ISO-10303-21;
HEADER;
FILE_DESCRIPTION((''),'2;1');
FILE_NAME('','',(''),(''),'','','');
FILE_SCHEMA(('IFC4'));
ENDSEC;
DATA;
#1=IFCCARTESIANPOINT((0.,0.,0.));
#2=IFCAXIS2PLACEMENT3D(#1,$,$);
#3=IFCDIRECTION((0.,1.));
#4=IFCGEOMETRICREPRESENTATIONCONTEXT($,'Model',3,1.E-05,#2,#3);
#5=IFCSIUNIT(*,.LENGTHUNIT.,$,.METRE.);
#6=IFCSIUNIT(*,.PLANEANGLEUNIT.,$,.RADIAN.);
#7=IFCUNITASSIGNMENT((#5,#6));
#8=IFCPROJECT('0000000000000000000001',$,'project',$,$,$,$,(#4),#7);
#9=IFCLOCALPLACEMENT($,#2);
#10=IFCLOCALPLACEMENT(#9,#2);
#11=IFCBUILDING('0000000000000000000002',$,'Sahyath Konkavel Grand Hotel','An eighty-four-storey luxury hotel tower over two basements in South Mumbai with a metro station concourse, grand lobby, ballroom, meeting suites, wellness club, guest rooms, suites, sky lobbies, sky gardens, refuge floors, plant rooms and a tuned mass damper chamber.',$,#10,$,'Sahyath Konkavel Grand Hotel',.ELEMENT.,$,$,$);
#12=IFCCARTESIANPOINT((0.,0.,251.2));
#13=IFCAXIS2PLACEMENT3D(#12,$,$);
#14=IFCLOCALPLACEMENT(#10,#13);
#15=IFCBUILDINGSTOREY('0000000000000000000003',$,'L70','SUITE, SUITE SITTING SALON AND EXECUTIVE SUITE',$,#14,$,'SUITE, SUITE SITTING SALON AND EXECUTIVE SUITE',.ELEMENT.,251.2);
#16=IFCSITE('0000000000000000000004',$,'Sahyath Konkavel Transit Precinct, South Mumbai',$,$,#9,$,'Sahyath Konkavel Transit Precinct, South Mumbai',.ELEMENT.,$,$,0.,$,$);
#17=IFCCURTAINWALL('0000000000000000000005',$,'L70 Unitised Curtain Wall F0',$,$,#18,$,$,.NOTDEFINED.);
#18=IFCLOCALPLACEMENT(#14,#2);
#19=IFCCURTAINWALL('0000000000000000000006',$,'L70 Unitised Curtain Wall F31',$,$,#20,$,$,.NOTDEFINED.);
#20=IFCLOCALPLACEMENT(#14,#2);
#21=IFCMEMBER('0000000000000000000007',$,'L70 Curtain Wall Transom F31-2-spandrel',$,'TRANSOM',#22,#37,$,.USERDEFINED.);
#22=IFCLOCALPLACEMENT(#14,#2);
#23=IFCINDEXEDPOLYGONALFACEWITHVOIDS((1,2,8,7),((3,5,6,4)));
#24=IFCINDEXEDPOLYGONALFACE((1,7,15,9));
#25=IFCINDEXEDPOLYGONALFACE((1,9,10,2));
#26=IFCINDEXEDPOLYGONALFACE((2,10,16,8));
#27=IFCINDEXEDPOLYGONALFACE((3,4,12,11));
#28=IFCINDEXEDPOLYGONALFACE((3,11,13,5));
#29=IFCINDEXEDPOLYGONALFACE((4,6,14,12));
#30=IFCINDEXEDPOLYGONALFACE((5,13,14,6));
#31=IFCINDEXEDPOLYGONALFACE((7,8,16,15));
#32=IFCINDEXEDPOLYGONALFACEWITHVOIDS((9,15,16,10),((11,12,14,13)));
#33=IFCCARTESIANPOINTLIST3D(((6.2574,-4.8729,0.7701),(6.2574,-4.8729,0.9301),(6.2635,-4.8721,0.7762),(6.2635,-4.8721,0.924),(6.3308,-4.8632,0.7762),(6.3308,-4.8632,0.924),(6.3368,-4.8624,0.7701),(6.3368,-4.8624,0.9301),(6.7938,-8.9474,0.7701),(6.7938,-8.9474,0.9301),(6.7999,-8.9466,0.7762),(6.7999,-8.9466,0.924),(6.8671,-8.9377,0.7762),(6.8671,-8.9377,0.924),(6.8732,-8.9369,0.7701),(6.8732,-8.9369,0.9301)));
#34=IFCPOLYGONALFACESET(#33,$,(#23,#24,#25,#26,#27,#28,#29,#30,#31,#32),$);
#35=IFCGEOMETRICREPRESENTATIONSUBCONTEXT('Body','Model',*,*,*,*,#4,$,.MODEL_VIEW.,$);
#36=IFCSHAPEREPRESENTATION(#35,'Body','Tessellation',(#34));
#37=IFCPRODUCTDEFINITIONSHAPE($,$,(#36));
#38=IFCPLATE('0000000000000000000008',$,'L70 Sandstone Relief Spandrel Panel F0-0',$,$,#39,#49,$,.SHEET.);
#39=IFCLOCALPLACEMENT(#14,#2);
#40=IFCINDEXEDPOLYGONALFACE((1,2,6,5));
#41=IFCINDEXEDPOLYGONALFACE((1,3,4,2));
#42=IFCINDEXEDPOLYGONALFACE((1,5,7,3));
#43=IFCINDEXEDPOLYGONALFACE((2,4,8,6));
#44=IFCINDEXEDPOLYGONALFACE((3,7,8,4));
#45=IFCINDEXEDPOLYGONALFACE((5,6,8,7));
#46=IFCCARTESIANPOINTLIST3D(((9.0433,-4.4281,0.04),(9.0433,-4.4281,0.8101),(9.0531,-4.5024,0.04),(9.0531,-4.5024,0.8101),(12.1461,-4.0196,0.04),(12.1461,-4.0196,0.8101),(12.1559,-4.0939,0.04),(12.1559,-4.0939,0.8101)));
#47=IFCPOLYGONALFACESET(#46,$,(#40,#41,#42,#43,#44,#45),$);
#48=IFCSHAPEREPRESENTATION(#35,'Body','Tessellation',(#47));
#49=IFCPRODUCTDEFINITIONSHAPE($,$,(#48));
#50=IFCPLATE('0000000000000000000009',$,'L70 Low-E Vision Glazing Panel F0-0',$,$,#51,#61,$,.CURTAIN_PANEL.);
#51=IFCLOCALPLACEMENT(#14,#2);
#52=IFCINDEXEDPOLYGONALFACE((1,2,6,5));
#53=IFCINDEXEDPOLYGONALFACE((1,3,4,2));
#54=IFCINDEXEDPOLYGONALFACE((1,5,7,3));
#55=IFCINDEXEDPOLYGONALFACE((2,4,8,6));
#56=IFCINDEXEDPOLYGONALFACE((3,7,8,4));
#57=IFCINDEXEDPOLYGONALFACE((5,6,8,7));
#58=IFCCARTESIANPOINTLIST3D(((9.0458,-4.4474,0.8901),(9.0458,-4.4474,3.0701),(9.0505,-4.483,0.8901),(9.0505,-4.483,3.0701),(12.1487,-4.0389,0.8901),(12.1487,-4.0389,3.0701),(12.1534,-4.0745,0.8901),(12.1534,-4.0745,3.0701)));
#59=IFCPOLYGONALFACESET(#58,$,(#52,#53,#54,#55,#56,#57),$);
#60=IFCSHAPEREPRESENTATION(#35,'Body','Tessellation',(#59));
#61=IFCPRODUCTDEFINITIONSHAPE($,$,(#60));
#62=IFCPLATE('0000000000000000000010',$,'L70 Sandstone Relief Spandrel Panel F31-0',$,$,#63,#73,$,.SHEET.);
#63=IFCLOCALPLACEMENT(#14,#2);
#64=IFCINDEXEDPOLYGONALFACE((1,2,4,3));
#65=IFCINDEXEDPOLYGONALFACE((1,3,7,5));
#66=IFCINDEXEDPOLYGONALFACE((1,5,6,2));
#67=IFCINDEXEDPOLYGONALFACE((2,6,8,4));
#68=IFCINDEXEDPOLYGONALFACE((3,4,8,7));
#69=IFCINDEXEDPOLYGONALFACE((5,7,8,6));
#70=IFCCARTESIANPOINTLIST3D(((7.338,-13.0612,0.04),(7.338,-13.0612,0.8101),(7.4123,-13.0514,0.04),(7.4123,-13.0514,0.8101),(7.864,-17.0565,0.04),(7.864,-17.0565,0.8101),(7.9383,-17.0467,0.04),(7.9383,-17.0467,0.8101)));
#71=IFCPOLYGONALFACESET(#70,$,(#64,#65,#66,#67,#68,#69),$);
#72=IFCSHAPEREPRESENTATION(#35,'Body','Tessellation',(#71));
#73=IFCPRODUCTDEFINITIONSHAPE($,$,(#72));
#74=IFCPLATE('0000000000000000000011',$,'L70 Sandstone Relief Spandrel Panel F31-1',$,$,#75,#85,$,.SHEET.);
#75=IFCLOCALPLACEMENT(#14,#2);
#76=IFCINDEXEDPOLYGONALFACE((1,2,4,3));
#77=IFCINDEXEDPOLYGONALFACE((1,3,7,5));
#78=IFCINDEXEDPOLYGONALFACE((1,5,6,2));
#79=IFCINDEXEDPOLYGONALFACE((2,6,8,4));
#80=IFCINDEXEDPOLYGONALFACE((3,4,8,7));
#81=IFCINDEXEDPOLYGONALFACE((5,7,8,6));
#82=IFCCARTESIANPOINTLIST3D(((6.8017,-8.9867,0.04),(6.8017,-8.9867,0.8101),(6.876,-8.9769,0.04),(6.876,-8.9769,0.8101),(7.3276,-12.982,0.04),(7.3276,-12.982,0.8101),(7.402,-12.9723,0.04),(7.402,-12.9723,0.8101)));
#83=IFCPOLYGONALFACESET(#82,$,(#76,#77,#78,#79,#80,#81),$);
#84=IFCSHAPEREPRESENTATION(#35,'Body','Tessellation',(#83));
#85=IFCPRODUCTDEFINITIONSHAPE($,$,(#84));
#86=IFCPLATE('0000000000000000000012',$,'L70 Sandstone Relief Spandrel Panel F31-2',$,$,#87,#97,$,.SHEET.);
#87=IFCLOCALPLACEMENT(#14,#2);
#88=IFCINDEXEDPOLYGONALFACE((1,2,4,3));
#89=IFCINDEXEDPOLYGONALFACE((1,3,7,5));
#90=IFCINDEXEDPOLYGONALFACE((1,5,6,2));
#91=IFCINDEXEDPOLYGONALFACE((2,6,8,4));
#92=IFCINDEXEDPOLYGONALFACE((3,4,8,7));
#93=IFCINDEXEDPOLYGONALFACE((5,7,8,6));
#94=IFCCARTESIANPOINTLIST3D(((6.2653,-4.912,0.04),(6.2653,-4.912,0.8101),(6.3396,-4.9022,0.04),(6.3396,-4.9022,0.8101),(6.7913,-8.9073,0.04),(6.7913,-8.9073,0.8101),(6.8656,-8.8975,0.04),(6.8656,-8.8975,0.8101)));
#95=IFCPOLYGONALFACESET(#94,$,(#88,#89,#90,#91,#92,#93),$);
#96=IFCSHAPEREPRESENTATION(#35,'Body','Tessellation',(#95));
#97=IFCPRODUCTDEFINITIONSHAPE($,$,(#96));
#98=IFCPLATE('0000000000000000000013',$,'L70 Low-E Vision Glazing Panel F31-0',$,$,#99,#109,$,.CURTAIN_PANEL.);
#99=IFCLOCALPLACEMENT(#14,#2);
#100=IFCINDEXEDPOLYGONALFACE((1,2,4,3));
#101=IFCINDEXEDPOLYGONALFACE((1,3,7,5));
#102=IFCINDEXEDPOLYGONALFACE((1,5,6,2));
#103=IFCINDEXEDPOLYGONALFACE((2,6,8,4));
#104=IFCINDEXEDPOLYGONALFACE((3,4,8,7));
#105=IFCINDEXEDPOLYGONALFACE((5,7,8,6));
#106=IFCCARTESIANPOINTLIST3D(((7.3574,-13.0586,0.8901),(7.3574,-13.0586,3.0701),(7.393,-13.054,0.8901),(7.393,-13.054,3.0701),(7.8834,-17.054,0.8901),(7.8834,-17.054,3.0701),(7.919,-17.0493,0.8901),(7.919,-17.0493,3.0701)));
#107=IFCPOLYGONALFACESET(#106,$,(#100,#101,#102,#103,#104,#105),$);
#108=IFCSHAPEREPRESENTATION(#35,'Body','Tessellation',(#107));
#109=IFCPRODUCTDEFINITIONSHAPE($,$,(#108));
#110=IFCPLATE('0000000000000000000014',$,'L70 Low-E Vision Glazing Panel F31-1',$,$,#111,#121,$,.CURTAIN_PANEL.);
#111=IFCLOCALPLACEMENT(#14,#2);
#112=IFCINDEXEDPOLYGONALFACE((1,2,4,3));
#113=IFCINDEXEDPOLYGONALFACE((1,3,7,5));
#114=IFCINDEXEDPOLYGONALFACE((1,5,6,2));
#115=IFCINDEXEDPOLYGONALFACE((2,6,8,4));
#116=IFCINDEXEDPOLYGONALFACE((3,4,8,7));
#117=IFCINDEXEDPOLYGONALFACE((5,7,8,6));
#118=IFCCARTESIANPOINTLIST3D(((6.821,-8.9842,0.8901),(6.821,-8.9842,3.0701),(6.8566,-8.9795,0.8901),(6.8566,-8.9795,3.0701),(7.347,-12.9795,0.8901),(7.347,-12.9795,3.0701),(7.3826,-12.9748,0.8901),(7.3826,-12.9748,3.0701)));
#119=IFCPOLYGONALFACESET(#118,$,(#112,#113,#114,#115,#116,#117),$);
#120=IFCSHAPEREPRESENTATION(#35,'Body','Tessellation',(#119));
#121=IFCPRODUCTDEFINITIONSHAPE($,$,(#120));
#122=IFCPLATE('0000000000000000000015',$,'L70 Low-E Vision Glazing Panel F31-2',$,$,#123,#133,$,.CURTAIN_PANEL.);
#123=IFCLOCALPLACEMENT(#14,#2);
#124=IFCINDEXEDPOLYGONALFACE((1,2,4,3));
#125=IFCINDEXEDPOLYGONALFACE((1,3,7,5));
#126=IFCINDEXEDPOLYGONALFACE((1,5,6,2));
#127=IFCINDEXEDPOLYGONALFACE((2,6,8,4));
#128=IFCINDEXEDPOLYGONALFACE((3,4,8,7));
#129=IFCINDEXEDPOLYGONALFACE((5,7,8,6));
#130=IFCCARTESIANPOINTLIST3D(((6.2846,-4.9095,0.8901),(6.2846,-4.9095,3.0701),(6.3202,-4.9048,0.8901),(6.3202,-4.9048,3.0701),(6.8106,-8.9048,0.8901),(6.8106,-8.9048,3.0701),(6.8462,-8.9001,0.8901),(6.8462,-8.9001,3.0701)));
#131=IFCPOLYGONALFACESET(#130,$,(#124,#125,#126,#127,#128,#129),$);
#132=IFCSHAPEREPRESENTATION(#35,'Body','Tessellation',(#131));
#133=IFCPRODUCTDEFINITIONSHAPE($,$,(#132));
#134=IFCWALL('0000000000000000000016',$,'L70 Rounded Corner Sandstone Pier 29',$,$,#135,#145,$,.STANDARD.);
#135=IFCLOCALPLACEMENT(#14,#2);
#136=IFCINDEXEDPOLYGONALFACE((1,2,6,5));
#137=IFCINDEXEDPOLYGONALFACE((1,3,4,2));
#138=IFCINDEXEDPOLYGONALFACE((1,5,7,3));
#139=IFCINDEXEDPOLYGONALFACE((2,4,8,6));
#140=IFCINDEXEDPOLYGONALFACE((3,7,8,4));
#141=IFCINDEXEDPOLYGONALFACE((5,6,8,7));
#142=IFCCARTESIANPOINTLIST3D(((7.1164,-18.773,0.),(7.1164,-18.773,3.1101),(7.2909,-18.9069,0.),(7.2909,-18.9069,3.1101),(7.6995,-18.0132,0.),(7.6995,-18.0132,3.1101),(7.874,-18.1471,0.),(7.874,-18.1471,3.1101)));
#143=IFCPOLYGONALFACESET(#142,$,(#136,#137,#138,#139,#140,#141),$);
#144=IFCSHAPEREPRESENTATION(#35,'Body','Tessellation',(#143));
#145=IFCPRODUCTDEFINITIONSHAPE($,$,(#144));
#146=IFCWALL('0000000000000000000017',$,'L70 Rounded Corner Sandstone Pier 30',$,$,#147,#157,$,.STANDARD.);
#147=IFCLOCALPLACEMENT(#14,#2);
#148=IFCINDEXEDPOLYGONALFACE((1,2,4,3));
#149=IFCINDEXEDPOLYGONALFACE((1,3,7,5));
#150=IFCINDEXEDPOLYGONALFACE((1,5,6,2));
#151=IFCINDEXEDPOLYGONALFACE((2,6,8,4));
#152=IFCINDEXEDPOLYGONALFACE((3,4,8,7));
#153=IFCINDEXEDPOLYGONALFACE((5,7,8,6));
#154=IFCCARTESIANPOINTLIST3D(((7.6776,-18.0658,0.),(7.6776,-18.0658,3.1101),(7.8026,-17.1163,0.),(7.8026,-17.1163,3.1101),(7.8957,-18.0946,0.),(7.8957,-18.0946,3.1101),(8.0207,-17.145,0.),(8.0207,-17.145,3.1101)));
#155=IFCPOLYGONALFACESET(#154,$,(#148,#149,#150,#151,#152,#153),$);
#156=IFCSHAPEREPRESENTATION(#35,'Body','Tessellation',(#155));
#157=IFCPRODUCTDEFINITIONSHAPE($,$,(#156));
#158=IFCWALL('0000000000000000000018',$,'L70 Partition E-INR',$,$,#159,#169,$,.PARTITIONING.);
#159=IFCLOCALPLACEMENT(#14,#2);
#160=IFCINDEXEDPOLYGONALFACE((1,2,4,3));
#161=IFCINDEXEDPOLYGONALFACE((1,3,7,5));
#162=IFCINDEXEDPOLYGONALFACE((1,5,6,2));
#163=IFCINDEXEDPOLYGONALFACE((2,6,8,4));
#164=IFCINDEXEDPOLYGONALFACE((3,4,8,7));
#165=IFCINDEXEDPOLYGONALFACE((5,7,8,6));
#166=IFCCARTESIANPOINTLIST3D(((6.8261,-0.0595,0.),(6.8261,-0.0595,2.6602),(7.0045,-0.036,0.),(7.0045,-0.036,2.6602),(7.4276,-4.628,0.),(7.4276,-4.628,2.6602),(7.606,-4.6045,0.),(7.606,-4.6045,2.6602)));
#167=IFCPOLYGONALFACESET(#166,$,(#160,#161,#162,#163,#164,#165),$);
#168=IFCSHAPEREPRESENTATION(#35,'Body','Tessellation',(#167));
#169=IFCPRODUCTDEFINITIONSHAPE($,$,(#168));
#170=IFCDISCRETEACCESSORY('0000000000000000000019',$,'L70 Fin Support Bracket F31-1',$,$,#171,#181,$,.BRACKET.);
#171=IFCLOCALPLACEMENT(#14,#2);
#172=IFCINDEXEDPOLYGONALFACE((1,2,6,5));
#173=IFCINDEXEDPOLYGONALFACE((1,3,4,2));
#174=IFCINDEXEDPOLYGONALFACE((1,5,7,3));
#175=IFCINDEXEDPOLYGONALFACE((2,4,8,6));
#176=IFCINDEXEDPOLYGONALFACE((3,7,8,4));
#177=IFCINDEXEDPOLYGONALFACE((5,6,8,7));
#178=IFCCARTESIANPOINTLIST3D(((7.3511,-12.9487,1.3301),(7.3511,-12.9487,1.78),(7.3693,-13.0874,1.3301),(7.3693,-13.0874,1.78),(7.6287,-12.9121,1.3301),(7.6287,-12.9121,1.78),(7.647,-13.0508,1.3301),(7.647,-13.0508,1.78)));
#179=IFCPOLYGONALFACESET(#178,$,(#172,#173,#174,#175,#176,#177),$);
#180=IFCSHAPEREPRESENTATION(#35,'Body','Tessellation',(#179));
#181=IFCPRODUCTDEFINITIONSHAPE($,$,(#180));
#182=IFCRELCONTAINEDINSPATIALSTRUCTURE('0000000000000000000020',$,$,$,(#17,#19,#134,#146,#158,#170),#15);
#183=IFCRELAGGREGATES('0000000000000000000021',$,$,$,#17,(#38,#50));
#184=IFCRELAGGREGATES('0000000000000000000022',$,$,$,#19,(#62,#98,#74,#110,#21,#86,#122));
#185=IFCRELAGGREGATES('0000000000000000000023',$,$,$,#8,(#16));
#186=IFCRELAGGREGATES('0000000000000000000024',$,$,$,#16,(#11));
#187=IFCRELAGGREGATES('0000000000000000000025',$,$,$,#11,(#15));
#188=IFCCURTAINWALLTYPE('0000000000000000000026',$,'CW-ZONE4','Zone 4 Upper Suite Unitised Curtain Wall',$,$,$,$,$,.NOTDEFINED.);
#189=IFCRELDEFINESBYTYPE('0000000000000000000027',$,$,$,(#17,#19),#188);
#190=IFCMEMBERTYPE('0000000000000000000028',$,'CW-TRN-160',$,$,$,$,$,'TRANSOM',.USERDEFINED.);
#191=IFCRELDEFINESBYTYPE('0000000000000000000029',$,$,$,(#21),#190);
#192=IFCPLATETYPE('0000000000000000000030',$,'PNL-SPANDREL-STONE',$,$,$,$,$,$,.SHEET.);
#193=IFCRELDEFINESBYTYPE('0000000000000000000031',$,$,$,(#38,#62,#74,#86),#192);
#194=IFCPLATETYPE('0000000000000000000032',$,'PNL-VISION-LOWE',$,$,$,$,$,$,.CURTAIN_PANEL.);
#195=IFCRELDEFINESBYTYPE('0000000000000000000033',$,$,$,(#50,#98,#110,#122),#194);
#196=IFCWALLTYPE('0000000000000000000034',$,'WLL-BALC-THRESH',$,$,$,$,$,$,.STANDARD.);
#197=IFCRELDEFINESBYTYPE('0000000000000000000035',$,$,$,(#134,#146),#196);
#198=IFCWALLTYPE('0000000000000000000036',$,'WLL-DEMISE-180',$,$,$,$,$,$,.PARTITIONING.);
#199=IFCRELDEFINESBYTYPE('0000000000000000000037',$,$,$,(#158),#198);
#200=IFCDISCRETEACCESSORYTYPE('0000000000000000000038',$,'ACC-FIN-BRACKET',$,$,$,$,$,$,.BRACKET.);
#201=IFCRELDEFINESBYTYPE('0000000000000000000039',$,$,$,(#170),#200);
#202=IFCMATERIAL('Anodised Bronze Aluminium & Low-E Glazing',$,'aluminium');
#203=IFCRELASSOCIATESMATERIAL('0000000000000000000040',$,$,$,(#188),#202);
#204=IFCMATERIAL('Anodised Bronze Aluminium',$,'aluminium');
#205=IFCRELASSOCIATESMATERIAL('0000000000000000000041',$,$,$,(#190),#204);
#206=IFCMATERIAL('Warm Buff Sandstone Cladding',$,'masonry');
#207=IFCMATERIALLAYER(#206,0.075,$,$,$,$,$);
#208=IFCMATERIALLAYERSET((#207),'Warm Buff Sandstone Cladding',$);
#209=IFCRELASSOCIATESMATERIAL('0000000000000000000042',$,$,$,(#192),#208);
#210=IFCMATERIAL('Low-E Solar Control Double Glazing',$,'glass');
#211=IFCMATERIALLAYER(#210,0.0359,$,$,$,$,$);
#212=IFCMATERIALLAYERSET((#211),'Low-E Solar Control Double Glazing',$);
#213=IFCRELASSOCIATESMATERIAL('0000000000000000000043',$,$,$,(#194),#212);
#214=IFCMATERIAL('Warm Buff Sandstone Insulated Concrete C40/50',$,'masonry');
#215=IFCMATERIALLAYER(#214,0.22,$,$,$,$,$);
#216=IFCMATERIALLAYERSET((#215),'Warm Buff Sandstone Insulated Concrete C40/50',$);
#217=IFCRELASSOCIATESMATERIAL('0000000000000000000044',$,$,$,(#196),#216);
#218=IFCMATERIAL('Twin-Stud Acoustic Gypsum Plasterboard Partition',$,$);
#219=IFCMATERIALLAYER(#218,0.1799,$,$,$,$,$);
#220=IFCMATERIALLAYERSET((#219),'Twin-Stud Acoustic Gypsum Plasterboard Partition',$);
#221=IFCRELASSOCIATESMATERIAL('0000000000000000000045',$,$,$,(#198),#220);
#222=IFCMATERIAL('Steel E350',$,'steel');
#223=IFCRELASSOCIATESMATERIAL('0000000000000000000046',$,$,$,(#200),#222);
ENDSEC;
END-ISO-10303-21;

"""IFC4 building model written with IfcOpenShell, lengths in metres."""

from ifc_helpers import new_model, si_unit, direction, frame, frame_2d, origin, origin_2d, place, context, subcontext, project, spatial, rectangle, hollow_rectangle, extrude, source, transform, mapped, material, layer, layer_set, material_profile, profile_set, type_object, element, aggregate, save


model = new_model("IFC4")

# Units and contexts
model_context = context("Model", 3, precision=1e-05, world=origin(), true_north=direction((0.0, 1.0)))
body_context = subcontext(model_context, "Body", "Model", "MODEL_VIEW")
ifc_project = project(units=[si_unit("LENGTHUNIT", "METRE"), si_unit("PLANEANGLEUNIT", "RADIAN")], contexts=[model_context])

# Site, building, storey
site_placement = place(None, origin())
site = spatial("IfcSite", under=ifc_project, at=site_placement, Name="Sahyath Konkavel Transit Precinct, South Mumbai", LongName="Sahyath Konkavel Transit Precinct, South Mumbai", CompositionType="ELEMENT", RefElevation=0.0)
building_placement = place(site_placement, origin())
building = spatial("IfcBuilding", under=site, at=building_placement, Name="Sahyath Konkavel Grand Hotel", Description="An eighty-four-storey luxury hotel tower over two basements in South Mumbai with a metro station concourse, grand lobby, ballroom, meeting suites, wellness club, guest rooms, suites, sky lobbies, sky gardens, refuge floors, plant rooms and a tuned mass damper chamber.", LongName="Sahyath Konkavel Grand Hotel", CompositionType="ELEMENT")
storey_placement = place(building_placement, frame((0.0, 0.0, 251.2)))
storey = spatial("IfcBuildingStorey", under=building, at=storey_placement, Name="L70", Description="SUITE, SUITE SITTING SALON AND EXECUTIVE SUITE", LongName="SUITE, SUITE SITTING SALON AND EXECUTIVE SUITE", CompositionType="ELEMENT", Elevation=251.2)

# Curtain walls
ifc_material_1 = material(Name="Anodised Bronze Aluminium & Low-E Glazing", Category="aluminium")
curtain_wall_type = type_object("IfcCurtainWallType", Name="CW-ZONE4", Description="Zone 4 Upper Suite Unitised Curtain Wall", PredefinedType="NOTDEFINED", material=ifc_material_1)
curtain_wall_1_placement = place(storey_placement, origin())
curtain_wall_1 = element("IfcCurtainWall", 1, at=curtain_wall_1_placement, inside=storey, type_object=curtain_wall_type, Name="L70 Unitised Curtain Wall F0", PredefinedType="NOTDEFINED")
curtain_wall_2_placement = place(storey_placement, origin())
curtain_wall_2 = element("IfcCurtainWall", 2, at=curtain_wall_2_placement, inside=storey, type_object=curtain_wall_type, Name="L70 Unitised Curtain Wall F31", PredefinedType="NOTDEFINED")

# Shared definitions
ifc_material_2 = material(Name="Anodised Bronze Aluminium", Category="aluminium")

# Member
ifc_material_profile_1 = material_profile(ifc_material_2, hollow_rectangle(XDim=0.0801, YDim=0.1599, WallThickness=0.0061, at=origin_2d()), Name="RHS 160x80x6")
ifc_profile_set_1 = profile_set([ifc_material_profile_1], Name="Anodised Bronze Aluminium")
member_type_1 = type_object("IfcMemberType", Name="CW-TRN-160", ElementType="TRANSOM", PredefinedType="USERDEFINED", material=ifc_profile_set_1)
shared_shape_1 = source(origin(), body_context, "Body", "SweptSolid", [
    extrude(hollow_rectangle(XDim=0.0801, YDim=0.1599, WallThickness=0.0061, at=origin_2d()), origin(), (0.0, 0.0, 1.0), 4.1096),
])
member_1_placement = place(storey_placement, frame((6.8335, -8.9421, 0.8501), z_axis=(-0.130518, 0.991446, 0.0), x_axis=(-0.991446, -0.130518, 0.0)))
member_1 = element("IfcMember", 3, at=member_1_placement, type_object=member_type_1, Name="L70 Curtain Wall Transom F31-2-spandrel", ObjectType="TRANSOM", PredefinedType="USERDEFINED", context=body_context, shape_type="MappedRepresentation", body=[
    mapped(shared_shape_1, transform((0.0, 0.0, 0.0), scale=1.0)),
])

# Plates
ifc_material_3 = material(Name="Warm Buff Sandstone Cladding", Category="masonry")
ifc_layer_1 = layer(ifc_material_3, 0.075)
ifc_layer_set_1 = layer_set([ifc_layer_1], Name="Warm Buff Sandstone Cladding")
plate_type_1 = type_object("IfcPlateType", Name="PNL-SPANDREL-STONE", PredefinedType="SHEET", material=ifc_layer_set_1)
shared_shape_2 = source(origin(), body_context, "Body", "SweptSolid", [
    extrude(rectangle(XDim=3.1296, YDim=0.075, at=origin_2d()), origin(), (0.0, 0.0, 1.0), 0.77),
])
plate_1_placement = place(storey_placement, frame((10.5996, -4.261, 0.04), z_axis=(0.0, 0.0, 1.0), x_axis=(0.991445, 0.130526, 0.0)))
plate_1 = element("IfcPlate", 4, at=plate_1_placement, type_object=plate_type_1, Name="L70 Sandstone Relief Spandrel Panel F0-0", PredefinedType="SHEET", context=body_context, shape_type="MappedRepresentation", body=[
    mapped(shared_shape_2, transform((0.0, 0.0, 0.0), scale=1.0)),
])
ifc_material_4 = material(Name="Low-E Solar Control Double Glazing", Category="glass")
ifc_layer_2 = layer(ifc_material_4, 0.0359)
ifc_layer_set_2 = layer_set([ifc_layer_2], Name="Low-E Solar Control Double Glazing")
plate_type_2 = type_object("IfcPlateType", Name="PNL-VISION-LOWE", PredefinedType="CURTAIN_PANEL", material=ifc_layer_set_2)
shared_shape_3 = source(origin(), body_context, "Body", "SweptSolid", [
    extrude(rectangle(XDim=3.1296, YDim=0.0359, at=origin_2d()), origin(), (0.0, 0.0, 1.0), 2.1799),
])
plate_2_placement = place(storey_placement, frame((10.5996, -4.261, 0.8901), z_axis=(0.0, 0.0, 1.0), x_axis=(0.991445, 0.130526, 0.0)))
plate_2 = element("IfcPlate", 5, at=plate_2_placement, type_object=plate_type_2, Name="L70 Low-E Vision Glazing Panel F0-0", PredefinedType="CURTAIN_PANEL", context=body_context, shape_type="MappedRepresentation", body=[
    mapped(shared_shape_3, transform((0.0, 0.0, 0.0), scale=1.0)),
])
aggregate(curtain_wall_1, [plate_1, plate_2])
shared_shape_4 = source(origin(), body_context, "Body", "SweptSolid", [
    extrude(rectangle(XDim=4.0298, YDim=0.075, at=origin_2d()), origin(), (0.0, 0.0, 1.0), 0.77),
])
plate_3_placement = place(storey_placement, frame((7.6382, -15.054, 0.04), z_axis=(0.0, 0.0, 1.0), x_axis=(-0.130526, 0.991445, 0.0)))
plate_3 = element("IfcPlate", 6, at=plate_3_placement, type_object=plate_type_1, Name="L70 Sandstone Relief Spandrel Panel F31-0", PredefinedType="SHEET", context=body_context, shape_type="MappedRepresentation", body=[
    mapped(shared_shape_4, transform((0.0, 0.0, 0.0), scale=1.0)),
])
plate_4_placement = place(storey_placement, frame((7.1018, -10.9795, 0.04), z_axis=(0.0, 0.0, 1.0), x_axis=(-0.130526, 0.991445, 0.0)))
plate_4 = element("IfcPlate", 7, at=plate_4_placement, type_object=plate_type_1, Name="L70 Sandstone Relief Spandrel Panel F31-1", PredefinedType="SHEET", context=body_context, shape_type="MappedRepresentation", body=[
    mapped(shared_shape_4, transform((0.0, 0.0, 0.0), scale=1.0)),
])
plate_5_placement = place(storey_placement, frame((6.5654, -6.9048, 0.04), z_axis=(0.0, 0.0, 1.0), x_axis=(-0.130526, 0.991445, 0.0)))
plate_5 = element("IfcPlate", 8, at=plate_5_placement, type_object=plate_type_1, Name="L70 Sandstone Relief Spandrel Panel F31-2", PredefinedType="SHEET", context=body_context, shape_type="MappedRepresentation", body=[
    mapped(shared_shape_4, transform((0.0, 0.0, 0.0), scale=1.0)),
])
shared_shape_5 = source(origin(), body_context, "Body", "SweptSolid", [
    extrude(rectangle(XDim=4.0298, YDim=0.0359, at=origin_2d()), origin(), (0.0, 0.0, 1.0), 2.1799),
])
plate_6_placement = place(storey_placement, frame((7.6382, -15.054, 0.8901), z_axis=(0.0, 0.0, 1.0), x_axis=(-0.130526, 0.991445, 0.0)))
plate_6 = element("IfcPlate", 9, at=plate_6_placement, type_object=plate_type_2, Name="L70 Low-E Vision Glazing Panel F31-0", PredefinedType="CURTAIN_PANEL", context=body_context, shape_type="MappedRepresentation", body=[
    mapped(shared_shape_5, transform((0.0, 0.0, 0.0), scale=1.0)),
])
plate_7_placement = place(storey_placement, frame((7.1018, -10.9795, 0.8901), z_axis=(0.0, 0.0, 1.0), x_axis=(-0.130526, 0.991445, 0.0)))
plate_7 = element("IfcPlate", 10, at=plate_7_placement, type_object=plate_type_2, Name="L70 Low-E Vision Glazing Panel F31-1", PredefinedType="CURTAIN_PANEL", context=body_context, shape_type="MappedRepresentation", body=[
    mapped(shared_shape_5, transform((0.0, 0.0, 0.0), scale=1.0)),
])
plate_8_placement = place(storey_placement, frame((6.5654, -6.9048, 0.8901), z_axis=(0.0, 0.0, 1.0), x_axis=(-0.130526, 0.991445, 0.0)))
plate_8 = element("IfcPlate", 11, at=plate_8_placement, type_object=plate_type_2, Name="L70 Low-E Vision Glazing Panel F31-2", PredefinedType="CURTAIN_PANEL", context=body_context, shape_type="MappedRepresentation", body=[
    mapped(shared_shape_5, transform((0.0, 0.0, 0.0), scale=1.0)),
])
aggregate(curtain_wall_2, [plate_3, plate_6, plate_4, plate_7, member_1, plate_5, plate_8])

# Walls
ifc_material_5 = material(Name="Warm Buff Sandstone Insulated Concrete C40/50", Category="masonry")
ifc_layer_3 = layer(ifc_material_5, 0.22)
ifc_layer_set_3 = layer_set([ifc_layer_3], Name="Warm Buff Sandstone Insulated Concrete C40/50")
wall_type_1 = type_object("IfcWallType", Name="WLL-BALC-THRESH", PredefinedType="STANDARD", material=ifc_layer_set_3)
for number, where, z_axis, x_axis, name in (
    (12, (7.2036, -18.8401, 0.0), (0.0, 0.0, 1.0), (0.608774, 0.793344, 0.0), "L70 Rounded Corner Sandstone Pier 29"),
    (13, (7.7866, -18.0803, 0.0), (0.0, 0.0, 1.0), (0.130527, 0.991445, 0.0), "L70 Rounded Corner Sandstone Pier 30"),
):
    element("IfcWall", number, at=place(storey_placement, frame(where, z_axis=z_axis, x_axis=x_axis)), inside=storey, type_object=wall_type_1, Name=name, PredefinedType="STANDARD", context=body_context, shape_type="SweptSolid", body=[
        extrude(rectangle(XDim=0.9578, YDim=0.22, at=frame_2d((0.479, 0.0))), origin(), (0.0, 0.0, 1.0), 3.1101),
    ])
ifc_material_6 = material(Name="Twin-Stud Acoustic Gypsum Plasterboard Partition")
ifc_layer_4 = layer(ifc_material_6, 0.1799)
ifc_layer_set_4 = layer_set([ifc_layer_4], Name="Twin-Stud Acoustic Gypsum Plasterboard Partition")
wall_type_2 = type_object("IfcWallType", Name="WLL-DEMISE-180", PredefinedType="PARTITIONING", material=ifc_layer_set_4)
wall_placement = place(storey_placement, frame((7.5168, -4.6162, 0.0), z_axis=(0.0, 0.0, 1.0), x_axis=(-0.130553, 0.991441, 0.0)))
element("IfcWall", 14, at=wall_placement, inside=storey, type_object=wall_type_2, Name="L70 Partition E-INR", PredefinedType="PARTITIONING", context=body_context, shape_type="SweptSolid", body=[
    extrude(rectangle(XDim=4.6079, YDim=0.1799, at=frame_2d((2.304, 0.0))), origin(), (0.0, 0.0, 1.0), 2.6602),
])

# Discrete accessory
ifc_material_7 = material(Name="Steel E350", Category="steel")
discrete_accessory_type = type_object("IfcDiscreteAccessoryType", Name="ACC-FIN-BRACKET", PredefinedType="BRACKET", material=ifc_material_7)
shared_shape_6 = source(origin(), body_context, "Body", "SweptSolid", [
    extrude(rectangle(XDim=0.28, YDim=0.1399, at=origin_2d()), origin(), (0.0, 0.0, 1.0), 0.45),
])
discrete_accessory_placement = place(storey_placement, frame((7.499, -12.9998, 1.3301), z_axis=(0.0, 0.0, 1.0), x_axis=(0.991445, 0.130526, 0.0)))
element("IfcDiscreteAccessory", 15, at=discrete_accessory_placement, inside=storey, type_object=discrete_accessory_type, Name="L70 Fin Support Bracket F31-1", PredefinedType="BRACKET", context=body_context, shape_type="MappedRepresentation", body=[
    mapped(shared_shape_6, transform((0.0, 0.0, 0.0), scale=1.0)),
])

save(model, "model.ifc")
